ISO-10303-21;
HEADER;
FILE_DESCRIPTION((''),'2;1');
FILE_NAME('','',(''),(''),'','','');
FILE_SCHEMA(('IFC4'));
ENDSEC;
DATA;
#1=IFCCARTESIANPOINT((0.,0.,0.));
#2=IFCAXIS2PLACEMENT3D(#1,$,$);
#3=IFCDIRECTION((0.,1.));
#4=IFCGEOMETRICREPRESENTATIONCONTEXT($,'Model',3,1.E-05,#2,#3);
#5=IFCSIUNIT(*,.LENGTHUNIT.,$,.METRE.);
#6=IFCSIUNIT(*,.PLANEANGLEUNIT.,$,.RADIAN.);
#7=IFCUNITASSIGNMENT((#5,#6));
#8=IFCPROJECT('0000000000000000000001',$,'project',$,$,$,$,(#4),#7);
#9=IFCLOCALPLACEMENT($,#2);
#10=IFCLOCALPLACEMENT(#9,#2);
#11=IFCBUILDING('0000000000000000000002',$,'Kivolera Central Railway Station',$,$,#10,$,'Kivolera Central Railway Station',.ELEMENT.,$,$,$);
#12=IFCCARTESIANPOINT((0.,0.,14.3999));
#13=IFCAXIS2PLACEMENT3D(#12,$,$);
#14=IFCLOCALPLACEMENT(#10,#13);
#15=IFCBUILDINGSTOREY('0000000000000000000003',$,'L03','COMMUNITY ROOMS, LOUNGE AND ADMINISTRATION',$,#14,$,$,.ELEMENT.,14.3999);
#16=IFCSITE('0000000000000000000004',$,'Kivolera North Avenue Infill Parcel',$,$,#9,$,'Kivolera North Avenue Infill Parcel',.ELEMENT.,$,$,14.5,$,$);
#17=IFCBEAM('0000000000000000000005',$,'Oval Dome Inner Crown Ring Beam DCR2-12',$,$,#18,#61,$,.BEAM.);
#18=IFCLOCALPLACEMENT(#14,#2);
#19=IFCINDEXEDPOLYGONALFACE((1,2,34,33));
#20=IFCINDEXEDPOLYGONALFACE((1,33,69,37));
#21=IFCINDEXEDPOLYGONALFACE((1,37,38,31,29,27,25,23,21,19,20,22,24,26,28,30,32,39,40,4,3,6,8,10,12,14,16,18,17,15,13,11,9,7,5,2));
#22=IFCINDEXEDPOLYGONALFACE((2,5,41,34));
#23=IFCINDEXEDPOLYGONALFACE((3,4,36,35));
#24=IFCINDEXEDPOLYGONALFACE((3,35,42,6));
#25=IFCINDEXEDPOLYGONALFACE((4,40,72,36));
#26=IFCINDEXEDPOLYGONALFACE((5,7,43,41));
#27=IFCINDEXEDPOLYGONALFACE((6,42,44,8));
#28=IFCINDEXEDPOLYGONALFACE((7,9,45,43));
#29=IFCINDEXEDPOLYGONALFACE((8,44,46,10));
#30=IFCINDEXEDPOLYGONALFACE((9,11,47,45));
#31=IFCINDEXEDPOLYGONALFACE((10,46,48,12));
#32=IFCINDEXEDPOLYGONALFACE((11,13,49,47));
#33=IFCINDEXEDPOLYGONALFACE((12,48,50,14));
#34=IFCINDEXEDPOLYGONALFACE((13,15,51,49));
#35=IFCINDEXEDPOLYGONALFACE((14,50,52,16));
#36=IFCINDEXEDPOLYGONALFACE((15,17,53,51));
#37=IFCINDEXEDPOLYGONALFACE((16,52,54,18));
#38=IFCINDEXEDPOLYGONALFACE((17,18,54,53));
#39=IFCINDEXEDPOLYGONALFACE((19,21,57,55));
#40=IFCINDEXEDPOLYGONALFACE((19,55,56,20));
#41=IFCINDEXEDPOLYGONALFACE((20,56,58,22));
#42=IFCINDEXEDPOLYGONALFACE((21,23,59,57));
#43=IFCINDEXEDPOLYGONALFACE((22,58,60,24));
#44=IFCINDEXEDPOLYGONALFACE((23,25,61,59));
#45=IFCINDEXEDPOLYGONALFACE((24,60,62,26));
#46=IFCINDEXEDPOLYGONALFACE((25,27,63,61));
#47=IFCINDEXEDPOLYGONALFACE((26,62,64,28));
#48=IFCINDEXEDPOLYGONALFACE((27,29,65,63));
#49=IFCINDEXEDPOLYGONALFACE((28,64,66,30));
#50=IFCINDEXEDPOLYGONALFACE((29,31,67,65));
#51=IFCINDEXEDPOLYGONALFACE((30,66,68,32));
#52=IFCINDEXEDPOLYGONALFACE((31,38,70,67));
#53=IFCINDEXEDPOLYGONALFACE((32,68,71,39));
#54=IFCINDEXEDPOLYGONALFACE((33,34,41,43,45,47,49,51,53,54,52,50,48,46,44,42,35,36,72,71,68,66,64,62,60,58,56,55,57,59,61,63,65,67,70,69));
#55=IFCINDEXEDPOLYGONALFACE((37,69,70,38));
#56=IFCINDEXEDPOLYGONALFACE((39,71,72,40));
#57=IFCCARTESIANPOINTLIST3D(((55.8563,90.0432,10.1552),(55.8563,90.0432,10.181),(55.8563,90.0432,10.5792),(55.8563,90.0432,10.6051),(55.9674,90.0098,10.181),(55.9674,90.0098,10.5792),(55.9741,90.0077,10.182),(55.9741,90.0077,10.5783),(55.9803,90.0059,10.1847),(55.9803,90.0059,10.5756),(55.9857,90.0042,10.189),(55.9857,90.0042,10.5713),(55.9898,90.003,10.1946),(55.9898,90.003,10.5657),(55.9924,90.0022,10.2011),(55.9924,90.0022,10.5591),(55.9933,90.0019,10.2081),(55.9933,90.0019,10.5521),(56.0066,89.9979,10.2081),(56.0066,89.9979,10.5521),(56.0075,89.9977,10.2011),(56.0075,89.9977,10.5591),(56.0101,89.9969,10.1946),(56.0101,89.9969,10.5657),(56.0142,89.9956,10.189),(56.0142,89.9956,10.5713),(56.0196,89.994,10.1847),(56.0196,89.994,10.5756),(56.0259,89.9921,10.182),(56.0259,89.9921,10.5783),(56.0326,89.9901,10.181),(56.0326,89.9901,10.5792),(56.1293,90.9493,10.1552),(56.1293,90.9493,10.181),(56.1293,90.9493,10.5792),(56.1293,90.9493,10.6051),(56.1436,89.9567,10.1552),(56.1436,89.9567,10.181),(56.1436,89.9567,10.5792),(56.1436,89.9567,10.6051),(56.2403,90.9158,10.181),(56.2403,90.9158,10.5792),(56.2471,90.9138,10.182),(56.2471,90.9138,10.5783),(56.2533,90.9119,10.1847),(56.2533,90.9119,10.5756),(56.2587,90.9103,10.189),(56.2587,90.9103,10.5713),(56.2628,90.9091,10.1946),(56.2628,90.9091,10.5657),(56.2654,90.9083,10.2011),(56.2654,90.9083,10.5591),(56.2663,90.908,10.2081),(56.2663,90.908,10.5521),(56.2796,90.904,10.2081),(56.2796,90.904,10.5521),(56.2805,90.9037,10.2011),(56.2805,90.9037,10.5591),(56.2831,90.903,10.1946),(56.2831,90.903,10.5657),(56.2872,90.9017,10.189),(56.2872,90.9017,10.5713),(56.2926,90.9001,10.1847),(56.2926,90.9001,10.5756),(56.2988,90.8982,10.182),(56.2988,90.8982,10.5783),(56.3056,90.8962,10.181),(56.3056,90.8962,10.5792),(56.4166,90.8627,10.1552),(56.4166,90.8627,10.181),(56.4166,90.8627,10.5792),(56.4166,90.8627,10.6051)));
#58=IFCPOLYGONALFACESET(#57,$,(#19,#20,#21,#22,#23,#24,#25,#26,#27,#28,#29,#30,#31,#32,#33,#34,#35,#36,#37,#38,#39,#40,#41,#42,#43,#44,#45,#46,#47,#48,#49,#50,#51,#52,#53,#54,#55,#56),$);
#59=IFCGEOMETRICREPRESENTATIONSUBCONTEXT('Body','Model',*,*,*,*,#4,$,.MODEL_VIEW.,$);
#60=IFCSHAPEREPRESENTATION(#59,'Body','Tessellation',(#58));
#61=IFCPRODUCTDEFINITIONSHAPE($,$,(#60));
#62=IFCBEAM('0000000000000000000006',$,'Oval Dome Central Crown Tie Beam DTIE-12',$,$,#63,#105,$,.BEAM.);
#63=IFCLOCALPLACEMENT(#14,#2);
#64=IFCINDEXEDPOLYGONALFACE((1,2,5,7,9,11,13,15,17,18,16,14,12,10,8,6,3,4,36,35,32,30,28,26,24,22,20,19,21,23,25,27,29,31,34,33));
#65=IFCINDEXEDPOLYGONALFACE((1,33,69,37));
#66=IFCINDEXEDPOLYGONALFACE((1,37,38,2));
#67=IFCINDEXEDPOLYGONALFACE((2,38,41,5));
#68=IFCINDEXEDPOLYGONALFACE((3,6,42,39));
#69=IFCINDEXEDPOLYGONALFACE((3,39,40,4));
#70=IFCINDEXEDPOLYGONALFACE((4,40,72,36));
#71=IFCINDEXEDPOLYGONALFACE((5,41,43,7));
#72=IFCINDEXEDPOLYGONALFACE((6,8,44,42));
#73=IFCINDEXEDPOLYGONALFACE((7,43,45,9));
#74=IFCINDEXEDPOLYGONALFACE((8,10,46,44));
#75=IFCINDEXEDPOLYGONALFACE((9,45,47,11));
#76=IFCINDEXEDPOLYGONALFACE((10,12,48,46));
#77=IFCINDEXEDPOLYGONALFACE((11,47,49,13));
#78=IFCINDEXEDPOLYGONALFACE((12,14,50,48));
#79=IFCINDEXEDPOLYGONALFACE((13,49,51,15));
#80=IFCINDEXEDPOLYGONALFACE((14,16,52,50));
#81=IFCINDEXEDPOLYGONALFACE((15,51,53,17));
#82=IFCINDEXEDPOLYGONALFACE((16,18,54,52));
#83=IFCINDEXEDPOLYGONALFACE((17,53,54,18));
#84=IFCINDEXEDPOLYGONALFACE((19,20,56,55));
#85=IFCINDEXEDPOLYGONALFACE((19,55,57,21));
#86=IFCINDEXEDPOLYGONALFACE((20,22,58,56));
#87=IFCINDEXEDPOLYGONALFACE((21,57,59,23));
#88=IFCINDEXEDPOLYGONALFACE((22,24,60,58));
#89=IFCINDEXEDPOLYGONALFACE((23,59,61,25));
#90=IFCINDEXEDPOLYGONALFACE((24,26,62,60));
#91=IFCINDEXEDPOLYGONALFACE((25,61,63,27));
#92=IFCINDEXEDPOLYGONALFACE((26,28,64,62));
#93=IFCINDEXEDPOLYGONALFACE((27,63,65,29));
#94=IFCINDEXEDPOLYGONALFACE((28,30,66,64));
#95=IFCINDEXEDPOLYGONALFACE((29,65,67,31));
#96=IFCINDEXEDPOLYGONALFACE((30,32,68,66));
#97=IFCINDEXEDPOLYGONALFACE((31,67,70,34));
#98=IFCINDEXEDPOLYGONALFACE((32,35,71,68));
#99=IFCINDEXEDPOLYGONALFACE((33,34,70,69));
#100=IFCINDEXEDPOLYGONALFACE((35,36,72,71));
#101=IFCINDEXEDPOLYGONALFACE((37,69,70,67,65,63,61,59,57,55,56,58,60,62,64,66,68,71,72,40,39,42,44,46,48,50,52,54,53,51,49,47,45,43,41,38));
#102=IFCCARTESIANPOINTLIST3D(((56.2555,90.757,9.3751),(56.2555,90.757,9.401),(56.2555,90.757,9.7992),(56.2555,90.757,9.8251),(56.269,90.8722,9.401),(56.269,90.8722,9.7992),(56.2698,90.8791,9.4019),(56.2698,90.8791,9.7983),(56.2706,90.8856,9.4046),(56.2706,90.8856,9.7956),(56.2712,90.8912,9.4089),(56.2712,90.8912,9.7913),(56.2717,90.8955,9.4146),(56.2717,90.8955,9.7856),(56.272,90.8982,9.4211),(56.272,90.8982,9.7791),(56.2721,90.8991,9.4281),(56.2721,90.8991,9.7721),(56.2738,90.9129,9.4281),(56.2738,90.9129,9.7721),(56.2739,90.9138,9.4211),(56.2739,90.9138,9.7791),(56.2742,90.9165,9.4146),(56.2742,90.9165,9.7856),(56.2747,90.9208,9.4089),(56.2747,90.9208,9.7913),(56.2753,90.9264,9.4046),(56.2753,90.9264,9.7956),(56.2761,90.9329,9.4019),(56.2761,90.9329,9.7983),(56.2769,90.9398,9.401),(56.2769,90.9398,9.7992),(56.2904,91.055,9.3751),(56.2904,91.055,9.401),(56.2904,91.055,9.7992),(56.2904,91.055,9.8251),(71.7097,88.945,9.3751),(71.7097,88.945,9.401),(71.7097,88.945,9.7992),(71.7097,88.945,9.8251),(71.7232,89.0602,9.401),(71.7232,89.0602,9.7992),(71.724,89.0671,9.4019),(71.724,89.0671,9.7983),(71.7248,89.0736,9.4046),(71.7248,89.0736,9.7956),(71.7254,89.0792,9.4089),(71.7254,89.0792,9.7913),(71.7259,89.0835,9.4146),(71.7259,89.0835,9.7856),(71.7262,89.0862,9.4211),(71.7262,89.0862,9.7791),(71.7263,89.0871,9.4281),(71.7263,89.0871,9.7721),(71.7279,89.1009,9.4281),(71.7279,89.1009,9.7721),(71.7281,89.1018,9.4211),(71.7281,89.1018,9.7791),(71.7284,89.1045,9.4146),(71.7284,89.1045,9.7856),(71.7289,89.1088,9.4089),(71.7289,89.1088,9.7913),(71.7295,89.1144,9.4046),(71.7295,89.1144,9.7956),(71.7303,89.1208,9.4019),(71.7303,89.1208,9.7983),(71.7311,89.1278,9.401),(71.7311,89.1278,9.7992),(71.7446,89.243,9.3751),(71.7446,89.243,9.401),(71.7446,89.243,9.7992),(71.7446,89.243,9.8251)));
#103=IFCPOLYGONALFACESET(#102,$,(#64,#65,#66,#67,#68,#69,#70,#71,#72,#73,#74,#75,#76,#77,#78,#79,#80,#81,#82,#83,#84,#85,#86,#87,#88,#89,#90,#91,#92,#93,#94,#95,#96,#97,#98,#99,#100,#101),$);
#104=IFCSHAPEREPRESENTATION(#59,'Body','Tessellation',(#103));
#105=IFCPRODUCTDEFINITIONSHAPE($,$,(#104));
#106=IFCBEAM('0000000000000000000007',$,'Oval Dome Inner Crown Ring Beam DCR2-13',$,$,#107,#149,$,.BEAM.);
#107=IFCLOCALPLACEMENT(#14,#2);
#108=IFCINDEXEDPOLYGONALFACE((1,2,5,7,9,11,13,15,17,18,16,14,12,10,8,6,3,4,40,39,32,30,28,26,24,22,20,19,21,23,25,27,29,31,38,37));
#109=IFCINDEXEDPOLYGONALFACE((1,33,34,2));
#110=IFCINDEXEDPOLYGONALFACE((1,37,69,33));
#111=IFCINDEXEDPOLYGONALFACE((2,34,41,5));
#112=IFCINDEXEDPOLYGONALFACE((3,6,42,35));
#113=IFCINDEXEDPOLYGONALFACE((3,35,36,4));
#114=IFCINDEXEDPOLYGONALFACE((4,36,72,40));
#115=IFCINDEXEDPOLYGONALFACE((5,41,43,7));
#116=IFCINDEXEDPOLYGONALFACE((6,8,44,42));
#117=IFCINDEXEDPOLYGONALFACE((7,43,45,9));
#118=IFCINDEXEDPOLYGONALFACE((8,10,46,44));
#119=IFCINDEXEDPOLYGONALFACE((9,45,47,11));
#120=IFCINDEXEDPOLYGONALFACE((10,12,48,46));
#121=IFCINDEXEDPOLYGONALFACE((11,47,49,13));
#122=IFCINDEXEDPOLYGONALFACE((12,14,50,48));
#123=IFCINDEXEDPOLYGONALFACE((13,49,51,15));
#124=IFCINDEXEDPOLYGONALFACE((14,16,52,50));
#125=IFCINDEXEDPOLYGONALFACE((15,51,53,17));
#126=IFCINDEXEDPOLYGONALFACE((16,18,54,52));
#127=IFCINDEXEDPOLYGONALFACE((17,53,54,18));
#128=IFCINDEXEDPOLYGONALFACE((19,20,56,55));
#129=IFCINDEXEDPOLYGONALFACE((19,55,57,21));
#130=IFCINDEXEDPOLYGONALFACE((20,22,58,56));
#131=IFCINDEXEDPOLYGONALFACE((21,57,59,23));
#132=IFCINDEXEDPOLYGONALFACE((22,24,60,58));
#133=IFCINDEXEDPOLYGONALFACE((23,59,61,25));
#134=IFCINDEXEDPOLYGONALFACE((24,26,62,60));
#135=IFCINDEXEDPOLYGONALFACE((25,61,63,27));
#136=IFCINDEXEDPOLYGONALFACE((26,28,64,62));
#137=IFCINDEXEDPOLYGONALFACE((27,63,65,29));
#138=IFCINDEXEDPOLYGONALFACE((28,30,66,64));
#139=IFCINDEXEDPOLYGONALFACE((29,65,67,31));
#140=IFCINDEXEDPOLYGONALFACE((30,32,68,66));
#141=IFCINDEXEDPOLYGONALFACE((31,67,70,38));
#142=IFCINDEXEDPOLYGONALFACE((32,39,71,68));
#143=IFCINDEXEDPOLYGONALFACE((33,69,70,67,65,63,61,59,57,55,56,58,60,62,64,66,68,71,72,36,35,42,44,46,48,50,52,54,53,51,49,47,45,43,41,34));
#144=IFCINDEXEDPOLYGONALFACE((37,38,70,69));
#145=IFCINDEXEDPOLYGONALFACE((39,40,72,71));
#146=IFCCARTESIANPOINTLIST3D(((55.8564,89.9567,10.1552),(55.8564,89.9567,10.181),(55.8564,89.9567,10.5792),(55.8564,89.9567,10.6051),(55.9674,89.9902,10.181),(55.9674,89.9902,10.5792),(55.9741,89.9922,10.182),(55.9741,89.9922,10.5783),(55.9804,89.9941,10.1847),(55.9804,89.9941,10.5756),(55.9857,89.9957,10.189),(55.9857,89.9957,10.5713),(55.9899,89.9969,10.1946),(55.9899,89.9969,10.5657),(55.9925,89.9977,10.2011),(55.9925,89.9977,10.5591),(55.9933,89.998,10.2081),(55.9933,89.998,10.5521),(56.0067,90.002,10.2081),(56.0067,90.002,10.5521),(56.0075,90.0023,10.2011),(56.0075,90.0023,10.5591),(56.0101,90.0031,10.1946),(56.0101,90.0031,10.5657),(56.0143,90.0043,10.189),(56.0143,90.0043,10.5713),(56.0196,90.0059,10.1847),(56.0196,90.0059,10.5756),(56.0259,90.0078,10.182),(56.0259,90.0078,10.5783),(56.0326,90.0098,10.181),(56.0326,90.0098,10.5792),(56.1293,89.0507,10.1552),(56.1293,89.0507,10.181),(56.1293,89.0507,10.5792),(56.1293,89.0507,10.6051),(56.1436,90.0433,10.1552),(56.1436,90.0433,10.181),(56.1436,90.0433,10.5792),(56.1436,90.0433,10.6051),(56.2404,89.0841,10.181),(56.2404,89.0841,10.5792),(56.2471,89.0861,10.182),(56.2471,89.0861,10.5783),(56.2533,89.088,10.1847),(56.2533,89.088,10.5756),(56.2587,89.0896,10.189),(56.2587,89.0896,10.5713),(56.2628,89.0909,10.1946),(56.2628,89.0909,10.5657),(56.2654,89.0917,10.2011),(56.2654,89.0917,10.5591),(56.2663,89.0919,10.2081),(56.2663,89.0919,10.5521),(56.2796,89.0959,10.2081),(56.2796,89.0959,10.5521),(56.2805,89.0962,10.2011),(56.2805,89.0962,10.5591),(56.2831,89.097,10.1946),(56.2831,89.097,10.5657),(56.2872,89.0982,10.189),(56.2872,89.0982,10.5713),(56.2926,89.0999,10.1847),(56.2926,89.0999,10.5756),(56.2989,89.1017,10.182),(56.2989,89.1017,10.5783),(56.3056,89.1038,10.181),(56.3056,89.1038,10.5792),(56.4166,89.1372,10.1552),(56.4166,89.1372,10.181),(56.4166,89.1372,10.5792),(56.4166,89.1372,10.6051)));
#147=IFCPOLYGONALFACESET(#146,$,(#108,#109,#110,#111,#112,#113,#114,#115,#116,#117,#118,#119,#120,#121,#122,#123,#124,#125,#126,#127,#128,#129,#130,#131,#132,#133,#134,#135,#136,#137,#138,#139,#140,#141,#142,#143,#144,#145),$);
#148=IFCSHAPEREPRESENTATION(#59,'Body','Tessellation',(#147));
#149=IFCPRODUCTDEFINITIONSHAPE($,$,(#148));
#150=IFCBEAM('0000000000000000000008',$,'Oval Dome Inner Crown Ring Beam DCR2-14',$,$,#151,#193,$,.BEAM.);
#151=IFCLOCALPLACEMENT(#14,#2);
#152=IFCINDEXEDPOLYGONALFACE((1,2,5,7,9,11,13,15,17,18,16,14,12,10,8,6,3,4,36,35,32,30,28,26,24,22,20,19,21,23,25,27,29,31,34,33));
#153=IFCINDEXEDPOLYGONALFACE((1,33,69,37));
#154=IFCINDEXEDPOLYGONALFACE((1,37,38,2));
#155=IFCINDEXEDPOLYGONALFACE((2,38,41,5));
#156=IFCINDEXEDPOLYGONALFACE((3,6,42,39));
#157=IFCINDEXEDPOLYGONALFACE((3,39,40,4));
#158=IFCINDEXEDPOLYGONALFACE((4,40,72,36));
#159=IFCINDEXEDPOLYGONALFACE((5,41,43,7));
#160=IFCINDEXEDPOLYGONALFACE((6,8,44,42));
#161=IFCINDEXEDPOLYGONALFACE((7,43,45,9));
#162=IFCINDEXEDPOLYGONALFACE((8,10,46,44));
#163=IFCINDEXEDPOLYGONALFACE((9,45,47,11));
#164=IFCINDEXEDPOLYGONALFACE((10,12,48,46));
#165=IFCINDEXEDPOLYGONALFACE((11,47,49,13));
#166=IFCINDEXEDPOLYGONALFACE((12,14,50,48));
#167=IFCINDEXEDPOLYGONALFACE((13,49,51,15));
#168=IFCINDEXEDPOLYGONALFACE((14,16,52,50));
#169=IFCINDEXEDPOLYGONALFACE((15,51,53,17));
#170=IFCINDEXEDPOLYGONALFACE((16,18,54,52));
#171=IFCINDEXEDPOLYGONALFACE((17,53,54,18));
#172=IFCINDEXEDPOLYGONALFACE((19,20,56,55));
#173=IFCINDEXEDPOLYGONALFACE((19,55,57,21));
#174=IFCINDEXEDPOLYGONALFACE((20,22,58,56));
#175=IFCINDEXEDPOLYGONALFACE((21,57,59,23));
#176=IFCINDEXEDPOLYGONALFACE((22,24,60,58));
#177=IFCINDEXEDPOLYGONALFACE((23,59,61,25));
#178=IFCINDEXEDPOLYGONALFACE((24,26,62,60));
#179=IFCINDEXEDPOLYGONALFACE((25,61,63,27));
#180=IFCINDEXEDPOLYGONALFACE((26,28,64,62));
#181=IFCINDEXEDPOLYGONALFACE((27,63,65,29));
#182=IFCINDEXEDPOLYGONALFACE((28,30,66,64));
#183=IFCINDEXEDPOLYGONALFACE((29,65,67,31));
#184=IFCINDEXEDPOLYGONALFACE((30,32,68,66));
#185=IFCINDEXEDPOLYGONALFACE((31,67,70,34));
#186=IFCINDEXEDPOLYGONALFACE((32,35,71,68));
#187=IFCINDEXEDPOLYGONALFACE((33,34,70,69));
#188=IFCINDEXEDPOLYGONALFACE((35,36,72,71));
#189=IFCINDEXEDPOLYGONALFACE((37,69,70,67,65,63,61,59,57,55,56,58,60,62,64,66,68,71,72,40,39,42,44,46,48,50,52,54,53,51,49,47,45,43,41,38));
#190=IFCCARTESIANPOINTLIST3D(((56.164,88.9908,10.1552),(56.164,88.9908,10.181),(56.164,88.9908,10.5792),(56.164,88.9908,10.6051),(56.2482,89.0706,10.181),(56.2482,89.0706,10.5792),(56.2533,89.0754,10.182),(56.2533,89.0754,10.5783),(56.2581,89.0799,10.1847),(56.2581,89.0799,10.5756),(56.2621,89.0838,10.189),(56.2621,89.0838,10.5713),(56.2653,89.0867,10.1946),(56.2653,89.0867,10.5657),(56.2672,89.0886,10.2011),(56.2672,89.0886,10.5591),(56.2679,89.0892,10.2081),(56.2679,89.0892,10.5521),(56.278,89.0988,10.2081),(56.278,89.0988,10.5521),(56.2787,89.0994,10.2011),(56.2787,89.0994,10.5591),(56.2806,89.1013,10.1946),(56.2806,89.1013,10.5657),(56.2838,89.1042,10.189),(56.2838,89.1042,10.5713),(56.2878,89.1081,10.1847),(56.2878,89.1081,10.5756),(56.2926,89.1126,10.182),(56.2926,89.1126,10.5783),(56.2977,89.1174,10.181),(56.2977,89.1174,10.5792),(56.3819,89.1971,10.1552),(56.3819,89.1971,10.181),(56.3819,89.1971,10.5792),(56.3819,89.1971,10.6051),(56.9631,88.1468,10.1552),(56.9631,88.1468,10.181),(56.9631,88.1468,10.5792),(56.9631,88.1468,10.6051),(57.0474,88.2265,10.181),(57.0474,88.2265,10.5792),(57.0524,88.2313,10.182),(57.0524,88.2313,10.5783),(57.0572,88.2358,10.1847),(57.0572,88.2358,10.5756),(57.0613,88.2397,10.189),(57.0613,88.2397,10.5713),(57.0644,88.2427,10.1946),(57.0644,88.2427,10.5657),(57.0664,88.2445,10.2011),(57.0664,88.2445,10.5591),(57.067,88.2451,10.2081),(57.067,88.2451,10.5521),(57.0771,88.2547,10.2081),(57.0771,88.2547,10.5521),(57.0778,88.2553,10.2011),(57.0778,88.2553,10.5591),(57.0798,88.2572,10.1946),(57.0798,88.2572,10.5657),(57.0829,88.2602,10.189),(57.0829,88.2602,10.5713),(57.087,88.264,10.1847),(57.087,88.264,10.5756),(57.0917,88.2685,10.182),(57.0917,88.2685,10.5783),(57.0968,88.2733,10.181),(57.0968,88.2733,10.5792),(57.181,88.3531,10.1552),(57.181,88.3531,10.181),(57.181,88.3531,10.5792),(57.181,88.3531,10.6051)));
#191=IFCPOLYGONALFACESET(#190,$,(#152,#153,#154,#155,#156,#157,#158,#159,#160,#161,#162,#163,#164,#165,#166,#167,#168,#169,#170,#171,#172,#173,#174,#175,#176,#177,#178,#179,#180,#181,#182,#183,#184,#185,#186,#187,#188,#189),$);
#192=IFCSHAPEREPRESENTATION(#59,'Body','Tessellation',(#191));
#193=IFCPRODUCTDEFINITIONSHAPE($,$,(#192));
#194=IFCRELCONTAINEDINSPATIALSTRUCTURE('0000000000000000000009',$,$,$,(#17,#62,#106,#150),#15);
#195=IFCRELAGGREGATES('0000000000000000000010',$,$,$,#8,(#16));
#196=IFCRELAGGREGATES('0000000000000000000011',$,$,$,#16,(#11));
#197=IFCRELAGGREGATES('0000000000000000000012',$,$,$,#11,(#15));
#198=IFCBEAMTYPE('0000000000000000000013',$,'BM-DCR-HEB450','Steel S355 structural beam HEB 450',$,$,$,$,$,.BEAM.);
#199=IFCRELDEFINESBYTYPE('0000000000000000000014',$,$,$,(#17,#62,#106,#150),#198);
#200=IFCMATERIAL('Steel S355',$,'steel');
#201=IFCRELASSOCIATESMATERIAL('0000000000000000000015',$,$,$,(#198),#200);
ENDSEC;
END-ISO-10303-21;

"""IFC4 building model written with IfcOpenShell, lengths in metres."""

from ifc_helpers import new_model, si_unit, direction, frame, origin, origin_2d, place, context, subcontext, project, spatial, i_section, extrude, material, material_profile, profile_set, type_object, element, save


model = new_model("IFC4")

# Units and contexts
model_context = context("Model", 3, precision=1e-05, world=origin(), true_north=direction((0.0, 1.0)))
body_context = subcontext(model_context, "Body", "Model", "MODEL_VIEW")
ifc_project = project(units=[si_unit("LENGTHUNIT", "METRE"), si_unit("PLANEANGLEUNIT", "RADIAN")], contexts=[model_context])

# Site, building, storey
site_placement = place(None, origin())
site = spatial("IfcSite", under=ifc_project, at=site_placement, Name="Kivolera North Avenue Infill Parcel", LongName="Kivolera North Avenue Infill Parcel", CompositionType="ELEMENT", RefElevation=14.5)
building_placement = place(site_placement, origin())
building = spatial("IfcBuilding", under=site, at=building_placement, Name="Kivolera Central Railway Station", LongName="Kivolera Central Railway Station", CompositionType="ELEMENT")
storey_placement = place(building_placement, frame((0.0, 0.0, 14.3999)))
storey = spatial("IfcBuildingStorey", under=building, at=storey_placement, Name="L03", Description="COMMUNITY ROOMS, LOUNGE AND ADMINISTRATION", CompositionType="ELEMENT", Elevation=14.3999)

# Beams
ifc_material_1 = material(Name="Steel S355", Category="steel")
ifc_material_profile_1 = material_profile(ifc_material_1, i_section(OverallWidth=0.3, OverallDepth=0.45, WebThickness=0.0139, FlangeThickness=0.0259, FilletRadius=0.0271, at=origin_2d()), Name="HEB 450")
ifc_profile_set_1 = profile_set([ifc_material_profile_1], Name="Steel S355")
beam_type_1 = type_object("IfcBeamType", Name="BM-DCR-HEB450", Description="Steel S355 structural beam HEB 450", PredefinedType="BEAM", material=ifc_profile_set_1)
beam_1_placement = place(storey_placement, frame((56.2729, 90.906, 10.3801), z_axis=(-0.28846, -0.957492, 0.0), x_axis=(0.957492, -0.28846, 0.0)))
element("IfcBeam", 1, at=beam_1_placement, inside=storey, type_object=beam_type_1, Name="Oval Dome Inner Crown Ring Beam DCR2-12", PredefinedType="BEAM", context=body_context, shape_type="SweptSolid", body=[
    extrude(i_section(OverallWidth=0.3, OverallDepth=0.45, WebThickness=0.0139, FlangeThickness=0.0259, FilletRadius=0.0271, at=origin_2d()), origin(), (0.0, 0.0, 1.0), 0.9463),
])
beam_2_placement = place(storey_placement, frame((56.2729, 90.906, 9.6001), z_axis=(0.993196, -0.116453, 0.0), x_axis=(0.116453, 0.993196, 0.0)))
element("IfcBeam", 2, at=beam_2_placement, inside=storey, type_object=beam_type_1, Name="Oval Dome Central Crown Tie Beam DTIE-12", PredefinedType="BEAM", context=body_context, shape_type="SweptSolid", body=[
    extrude(i_section(OverallWidth=0.3, OverallDepth=0.45, WebThickness=0.0139, FlangeThickness=0.0259, FilletRadius=0.0271, at=origin_2d()), origin(), (0.0, 0.0, 1.0), 15.5601),
])
beam_3_placement = place(storey_placement, frame((56.0, 90.0, 10.3801), z_axis=(0.28846, -0.957492, 0.0), x_axis=(0.957492, 0.28846, 0.0)))
element("IfcBeam", 3, at=beam_3_placement, inside=storey, type_object=beam_type_1, Name="Oval Dome Inner Crown Ring Beam DCR2-13", PredefinedType="BEAM", context=body_context, shape_type="SweptSolid", body=[
    extrude(i_section(OverallWidth=0.3, OverallDepth=0.45, WebThickness=0.0139, FlangeThickness=0.0259, FilletRadius=0.0271, at=origin_2d()), origin(), (0.0, 0.0, 1.0), 0.9463),
])
beam_4_placement = place(storey_placement, frame((56.2729, 89.094, 10.3801), z_axis=(0.687517, -0.726168, 0.0), x_axis=(0.726168, 0.687517, 0.0)))
element("IfcBeam", 4, at=beam_4_placement, inside=storey, type_object=beam_type_1, Name="Oval Dome Inner Crown Ring Beam DCR2-14", PredefinedType="BEAM", context=body_context, shape_type="SweptSolid", body=[
    extrude(i_section(OverallWidth=0.3, OverallDepth=0.45, WebThickness=0.0139, FlangeThickness=0.0259, FilletRadius=0.0271, at=origin_2d()), origin(), (0.0, 0.0, 1.0), 1.1624),
])

save(model, "model.ifc")
